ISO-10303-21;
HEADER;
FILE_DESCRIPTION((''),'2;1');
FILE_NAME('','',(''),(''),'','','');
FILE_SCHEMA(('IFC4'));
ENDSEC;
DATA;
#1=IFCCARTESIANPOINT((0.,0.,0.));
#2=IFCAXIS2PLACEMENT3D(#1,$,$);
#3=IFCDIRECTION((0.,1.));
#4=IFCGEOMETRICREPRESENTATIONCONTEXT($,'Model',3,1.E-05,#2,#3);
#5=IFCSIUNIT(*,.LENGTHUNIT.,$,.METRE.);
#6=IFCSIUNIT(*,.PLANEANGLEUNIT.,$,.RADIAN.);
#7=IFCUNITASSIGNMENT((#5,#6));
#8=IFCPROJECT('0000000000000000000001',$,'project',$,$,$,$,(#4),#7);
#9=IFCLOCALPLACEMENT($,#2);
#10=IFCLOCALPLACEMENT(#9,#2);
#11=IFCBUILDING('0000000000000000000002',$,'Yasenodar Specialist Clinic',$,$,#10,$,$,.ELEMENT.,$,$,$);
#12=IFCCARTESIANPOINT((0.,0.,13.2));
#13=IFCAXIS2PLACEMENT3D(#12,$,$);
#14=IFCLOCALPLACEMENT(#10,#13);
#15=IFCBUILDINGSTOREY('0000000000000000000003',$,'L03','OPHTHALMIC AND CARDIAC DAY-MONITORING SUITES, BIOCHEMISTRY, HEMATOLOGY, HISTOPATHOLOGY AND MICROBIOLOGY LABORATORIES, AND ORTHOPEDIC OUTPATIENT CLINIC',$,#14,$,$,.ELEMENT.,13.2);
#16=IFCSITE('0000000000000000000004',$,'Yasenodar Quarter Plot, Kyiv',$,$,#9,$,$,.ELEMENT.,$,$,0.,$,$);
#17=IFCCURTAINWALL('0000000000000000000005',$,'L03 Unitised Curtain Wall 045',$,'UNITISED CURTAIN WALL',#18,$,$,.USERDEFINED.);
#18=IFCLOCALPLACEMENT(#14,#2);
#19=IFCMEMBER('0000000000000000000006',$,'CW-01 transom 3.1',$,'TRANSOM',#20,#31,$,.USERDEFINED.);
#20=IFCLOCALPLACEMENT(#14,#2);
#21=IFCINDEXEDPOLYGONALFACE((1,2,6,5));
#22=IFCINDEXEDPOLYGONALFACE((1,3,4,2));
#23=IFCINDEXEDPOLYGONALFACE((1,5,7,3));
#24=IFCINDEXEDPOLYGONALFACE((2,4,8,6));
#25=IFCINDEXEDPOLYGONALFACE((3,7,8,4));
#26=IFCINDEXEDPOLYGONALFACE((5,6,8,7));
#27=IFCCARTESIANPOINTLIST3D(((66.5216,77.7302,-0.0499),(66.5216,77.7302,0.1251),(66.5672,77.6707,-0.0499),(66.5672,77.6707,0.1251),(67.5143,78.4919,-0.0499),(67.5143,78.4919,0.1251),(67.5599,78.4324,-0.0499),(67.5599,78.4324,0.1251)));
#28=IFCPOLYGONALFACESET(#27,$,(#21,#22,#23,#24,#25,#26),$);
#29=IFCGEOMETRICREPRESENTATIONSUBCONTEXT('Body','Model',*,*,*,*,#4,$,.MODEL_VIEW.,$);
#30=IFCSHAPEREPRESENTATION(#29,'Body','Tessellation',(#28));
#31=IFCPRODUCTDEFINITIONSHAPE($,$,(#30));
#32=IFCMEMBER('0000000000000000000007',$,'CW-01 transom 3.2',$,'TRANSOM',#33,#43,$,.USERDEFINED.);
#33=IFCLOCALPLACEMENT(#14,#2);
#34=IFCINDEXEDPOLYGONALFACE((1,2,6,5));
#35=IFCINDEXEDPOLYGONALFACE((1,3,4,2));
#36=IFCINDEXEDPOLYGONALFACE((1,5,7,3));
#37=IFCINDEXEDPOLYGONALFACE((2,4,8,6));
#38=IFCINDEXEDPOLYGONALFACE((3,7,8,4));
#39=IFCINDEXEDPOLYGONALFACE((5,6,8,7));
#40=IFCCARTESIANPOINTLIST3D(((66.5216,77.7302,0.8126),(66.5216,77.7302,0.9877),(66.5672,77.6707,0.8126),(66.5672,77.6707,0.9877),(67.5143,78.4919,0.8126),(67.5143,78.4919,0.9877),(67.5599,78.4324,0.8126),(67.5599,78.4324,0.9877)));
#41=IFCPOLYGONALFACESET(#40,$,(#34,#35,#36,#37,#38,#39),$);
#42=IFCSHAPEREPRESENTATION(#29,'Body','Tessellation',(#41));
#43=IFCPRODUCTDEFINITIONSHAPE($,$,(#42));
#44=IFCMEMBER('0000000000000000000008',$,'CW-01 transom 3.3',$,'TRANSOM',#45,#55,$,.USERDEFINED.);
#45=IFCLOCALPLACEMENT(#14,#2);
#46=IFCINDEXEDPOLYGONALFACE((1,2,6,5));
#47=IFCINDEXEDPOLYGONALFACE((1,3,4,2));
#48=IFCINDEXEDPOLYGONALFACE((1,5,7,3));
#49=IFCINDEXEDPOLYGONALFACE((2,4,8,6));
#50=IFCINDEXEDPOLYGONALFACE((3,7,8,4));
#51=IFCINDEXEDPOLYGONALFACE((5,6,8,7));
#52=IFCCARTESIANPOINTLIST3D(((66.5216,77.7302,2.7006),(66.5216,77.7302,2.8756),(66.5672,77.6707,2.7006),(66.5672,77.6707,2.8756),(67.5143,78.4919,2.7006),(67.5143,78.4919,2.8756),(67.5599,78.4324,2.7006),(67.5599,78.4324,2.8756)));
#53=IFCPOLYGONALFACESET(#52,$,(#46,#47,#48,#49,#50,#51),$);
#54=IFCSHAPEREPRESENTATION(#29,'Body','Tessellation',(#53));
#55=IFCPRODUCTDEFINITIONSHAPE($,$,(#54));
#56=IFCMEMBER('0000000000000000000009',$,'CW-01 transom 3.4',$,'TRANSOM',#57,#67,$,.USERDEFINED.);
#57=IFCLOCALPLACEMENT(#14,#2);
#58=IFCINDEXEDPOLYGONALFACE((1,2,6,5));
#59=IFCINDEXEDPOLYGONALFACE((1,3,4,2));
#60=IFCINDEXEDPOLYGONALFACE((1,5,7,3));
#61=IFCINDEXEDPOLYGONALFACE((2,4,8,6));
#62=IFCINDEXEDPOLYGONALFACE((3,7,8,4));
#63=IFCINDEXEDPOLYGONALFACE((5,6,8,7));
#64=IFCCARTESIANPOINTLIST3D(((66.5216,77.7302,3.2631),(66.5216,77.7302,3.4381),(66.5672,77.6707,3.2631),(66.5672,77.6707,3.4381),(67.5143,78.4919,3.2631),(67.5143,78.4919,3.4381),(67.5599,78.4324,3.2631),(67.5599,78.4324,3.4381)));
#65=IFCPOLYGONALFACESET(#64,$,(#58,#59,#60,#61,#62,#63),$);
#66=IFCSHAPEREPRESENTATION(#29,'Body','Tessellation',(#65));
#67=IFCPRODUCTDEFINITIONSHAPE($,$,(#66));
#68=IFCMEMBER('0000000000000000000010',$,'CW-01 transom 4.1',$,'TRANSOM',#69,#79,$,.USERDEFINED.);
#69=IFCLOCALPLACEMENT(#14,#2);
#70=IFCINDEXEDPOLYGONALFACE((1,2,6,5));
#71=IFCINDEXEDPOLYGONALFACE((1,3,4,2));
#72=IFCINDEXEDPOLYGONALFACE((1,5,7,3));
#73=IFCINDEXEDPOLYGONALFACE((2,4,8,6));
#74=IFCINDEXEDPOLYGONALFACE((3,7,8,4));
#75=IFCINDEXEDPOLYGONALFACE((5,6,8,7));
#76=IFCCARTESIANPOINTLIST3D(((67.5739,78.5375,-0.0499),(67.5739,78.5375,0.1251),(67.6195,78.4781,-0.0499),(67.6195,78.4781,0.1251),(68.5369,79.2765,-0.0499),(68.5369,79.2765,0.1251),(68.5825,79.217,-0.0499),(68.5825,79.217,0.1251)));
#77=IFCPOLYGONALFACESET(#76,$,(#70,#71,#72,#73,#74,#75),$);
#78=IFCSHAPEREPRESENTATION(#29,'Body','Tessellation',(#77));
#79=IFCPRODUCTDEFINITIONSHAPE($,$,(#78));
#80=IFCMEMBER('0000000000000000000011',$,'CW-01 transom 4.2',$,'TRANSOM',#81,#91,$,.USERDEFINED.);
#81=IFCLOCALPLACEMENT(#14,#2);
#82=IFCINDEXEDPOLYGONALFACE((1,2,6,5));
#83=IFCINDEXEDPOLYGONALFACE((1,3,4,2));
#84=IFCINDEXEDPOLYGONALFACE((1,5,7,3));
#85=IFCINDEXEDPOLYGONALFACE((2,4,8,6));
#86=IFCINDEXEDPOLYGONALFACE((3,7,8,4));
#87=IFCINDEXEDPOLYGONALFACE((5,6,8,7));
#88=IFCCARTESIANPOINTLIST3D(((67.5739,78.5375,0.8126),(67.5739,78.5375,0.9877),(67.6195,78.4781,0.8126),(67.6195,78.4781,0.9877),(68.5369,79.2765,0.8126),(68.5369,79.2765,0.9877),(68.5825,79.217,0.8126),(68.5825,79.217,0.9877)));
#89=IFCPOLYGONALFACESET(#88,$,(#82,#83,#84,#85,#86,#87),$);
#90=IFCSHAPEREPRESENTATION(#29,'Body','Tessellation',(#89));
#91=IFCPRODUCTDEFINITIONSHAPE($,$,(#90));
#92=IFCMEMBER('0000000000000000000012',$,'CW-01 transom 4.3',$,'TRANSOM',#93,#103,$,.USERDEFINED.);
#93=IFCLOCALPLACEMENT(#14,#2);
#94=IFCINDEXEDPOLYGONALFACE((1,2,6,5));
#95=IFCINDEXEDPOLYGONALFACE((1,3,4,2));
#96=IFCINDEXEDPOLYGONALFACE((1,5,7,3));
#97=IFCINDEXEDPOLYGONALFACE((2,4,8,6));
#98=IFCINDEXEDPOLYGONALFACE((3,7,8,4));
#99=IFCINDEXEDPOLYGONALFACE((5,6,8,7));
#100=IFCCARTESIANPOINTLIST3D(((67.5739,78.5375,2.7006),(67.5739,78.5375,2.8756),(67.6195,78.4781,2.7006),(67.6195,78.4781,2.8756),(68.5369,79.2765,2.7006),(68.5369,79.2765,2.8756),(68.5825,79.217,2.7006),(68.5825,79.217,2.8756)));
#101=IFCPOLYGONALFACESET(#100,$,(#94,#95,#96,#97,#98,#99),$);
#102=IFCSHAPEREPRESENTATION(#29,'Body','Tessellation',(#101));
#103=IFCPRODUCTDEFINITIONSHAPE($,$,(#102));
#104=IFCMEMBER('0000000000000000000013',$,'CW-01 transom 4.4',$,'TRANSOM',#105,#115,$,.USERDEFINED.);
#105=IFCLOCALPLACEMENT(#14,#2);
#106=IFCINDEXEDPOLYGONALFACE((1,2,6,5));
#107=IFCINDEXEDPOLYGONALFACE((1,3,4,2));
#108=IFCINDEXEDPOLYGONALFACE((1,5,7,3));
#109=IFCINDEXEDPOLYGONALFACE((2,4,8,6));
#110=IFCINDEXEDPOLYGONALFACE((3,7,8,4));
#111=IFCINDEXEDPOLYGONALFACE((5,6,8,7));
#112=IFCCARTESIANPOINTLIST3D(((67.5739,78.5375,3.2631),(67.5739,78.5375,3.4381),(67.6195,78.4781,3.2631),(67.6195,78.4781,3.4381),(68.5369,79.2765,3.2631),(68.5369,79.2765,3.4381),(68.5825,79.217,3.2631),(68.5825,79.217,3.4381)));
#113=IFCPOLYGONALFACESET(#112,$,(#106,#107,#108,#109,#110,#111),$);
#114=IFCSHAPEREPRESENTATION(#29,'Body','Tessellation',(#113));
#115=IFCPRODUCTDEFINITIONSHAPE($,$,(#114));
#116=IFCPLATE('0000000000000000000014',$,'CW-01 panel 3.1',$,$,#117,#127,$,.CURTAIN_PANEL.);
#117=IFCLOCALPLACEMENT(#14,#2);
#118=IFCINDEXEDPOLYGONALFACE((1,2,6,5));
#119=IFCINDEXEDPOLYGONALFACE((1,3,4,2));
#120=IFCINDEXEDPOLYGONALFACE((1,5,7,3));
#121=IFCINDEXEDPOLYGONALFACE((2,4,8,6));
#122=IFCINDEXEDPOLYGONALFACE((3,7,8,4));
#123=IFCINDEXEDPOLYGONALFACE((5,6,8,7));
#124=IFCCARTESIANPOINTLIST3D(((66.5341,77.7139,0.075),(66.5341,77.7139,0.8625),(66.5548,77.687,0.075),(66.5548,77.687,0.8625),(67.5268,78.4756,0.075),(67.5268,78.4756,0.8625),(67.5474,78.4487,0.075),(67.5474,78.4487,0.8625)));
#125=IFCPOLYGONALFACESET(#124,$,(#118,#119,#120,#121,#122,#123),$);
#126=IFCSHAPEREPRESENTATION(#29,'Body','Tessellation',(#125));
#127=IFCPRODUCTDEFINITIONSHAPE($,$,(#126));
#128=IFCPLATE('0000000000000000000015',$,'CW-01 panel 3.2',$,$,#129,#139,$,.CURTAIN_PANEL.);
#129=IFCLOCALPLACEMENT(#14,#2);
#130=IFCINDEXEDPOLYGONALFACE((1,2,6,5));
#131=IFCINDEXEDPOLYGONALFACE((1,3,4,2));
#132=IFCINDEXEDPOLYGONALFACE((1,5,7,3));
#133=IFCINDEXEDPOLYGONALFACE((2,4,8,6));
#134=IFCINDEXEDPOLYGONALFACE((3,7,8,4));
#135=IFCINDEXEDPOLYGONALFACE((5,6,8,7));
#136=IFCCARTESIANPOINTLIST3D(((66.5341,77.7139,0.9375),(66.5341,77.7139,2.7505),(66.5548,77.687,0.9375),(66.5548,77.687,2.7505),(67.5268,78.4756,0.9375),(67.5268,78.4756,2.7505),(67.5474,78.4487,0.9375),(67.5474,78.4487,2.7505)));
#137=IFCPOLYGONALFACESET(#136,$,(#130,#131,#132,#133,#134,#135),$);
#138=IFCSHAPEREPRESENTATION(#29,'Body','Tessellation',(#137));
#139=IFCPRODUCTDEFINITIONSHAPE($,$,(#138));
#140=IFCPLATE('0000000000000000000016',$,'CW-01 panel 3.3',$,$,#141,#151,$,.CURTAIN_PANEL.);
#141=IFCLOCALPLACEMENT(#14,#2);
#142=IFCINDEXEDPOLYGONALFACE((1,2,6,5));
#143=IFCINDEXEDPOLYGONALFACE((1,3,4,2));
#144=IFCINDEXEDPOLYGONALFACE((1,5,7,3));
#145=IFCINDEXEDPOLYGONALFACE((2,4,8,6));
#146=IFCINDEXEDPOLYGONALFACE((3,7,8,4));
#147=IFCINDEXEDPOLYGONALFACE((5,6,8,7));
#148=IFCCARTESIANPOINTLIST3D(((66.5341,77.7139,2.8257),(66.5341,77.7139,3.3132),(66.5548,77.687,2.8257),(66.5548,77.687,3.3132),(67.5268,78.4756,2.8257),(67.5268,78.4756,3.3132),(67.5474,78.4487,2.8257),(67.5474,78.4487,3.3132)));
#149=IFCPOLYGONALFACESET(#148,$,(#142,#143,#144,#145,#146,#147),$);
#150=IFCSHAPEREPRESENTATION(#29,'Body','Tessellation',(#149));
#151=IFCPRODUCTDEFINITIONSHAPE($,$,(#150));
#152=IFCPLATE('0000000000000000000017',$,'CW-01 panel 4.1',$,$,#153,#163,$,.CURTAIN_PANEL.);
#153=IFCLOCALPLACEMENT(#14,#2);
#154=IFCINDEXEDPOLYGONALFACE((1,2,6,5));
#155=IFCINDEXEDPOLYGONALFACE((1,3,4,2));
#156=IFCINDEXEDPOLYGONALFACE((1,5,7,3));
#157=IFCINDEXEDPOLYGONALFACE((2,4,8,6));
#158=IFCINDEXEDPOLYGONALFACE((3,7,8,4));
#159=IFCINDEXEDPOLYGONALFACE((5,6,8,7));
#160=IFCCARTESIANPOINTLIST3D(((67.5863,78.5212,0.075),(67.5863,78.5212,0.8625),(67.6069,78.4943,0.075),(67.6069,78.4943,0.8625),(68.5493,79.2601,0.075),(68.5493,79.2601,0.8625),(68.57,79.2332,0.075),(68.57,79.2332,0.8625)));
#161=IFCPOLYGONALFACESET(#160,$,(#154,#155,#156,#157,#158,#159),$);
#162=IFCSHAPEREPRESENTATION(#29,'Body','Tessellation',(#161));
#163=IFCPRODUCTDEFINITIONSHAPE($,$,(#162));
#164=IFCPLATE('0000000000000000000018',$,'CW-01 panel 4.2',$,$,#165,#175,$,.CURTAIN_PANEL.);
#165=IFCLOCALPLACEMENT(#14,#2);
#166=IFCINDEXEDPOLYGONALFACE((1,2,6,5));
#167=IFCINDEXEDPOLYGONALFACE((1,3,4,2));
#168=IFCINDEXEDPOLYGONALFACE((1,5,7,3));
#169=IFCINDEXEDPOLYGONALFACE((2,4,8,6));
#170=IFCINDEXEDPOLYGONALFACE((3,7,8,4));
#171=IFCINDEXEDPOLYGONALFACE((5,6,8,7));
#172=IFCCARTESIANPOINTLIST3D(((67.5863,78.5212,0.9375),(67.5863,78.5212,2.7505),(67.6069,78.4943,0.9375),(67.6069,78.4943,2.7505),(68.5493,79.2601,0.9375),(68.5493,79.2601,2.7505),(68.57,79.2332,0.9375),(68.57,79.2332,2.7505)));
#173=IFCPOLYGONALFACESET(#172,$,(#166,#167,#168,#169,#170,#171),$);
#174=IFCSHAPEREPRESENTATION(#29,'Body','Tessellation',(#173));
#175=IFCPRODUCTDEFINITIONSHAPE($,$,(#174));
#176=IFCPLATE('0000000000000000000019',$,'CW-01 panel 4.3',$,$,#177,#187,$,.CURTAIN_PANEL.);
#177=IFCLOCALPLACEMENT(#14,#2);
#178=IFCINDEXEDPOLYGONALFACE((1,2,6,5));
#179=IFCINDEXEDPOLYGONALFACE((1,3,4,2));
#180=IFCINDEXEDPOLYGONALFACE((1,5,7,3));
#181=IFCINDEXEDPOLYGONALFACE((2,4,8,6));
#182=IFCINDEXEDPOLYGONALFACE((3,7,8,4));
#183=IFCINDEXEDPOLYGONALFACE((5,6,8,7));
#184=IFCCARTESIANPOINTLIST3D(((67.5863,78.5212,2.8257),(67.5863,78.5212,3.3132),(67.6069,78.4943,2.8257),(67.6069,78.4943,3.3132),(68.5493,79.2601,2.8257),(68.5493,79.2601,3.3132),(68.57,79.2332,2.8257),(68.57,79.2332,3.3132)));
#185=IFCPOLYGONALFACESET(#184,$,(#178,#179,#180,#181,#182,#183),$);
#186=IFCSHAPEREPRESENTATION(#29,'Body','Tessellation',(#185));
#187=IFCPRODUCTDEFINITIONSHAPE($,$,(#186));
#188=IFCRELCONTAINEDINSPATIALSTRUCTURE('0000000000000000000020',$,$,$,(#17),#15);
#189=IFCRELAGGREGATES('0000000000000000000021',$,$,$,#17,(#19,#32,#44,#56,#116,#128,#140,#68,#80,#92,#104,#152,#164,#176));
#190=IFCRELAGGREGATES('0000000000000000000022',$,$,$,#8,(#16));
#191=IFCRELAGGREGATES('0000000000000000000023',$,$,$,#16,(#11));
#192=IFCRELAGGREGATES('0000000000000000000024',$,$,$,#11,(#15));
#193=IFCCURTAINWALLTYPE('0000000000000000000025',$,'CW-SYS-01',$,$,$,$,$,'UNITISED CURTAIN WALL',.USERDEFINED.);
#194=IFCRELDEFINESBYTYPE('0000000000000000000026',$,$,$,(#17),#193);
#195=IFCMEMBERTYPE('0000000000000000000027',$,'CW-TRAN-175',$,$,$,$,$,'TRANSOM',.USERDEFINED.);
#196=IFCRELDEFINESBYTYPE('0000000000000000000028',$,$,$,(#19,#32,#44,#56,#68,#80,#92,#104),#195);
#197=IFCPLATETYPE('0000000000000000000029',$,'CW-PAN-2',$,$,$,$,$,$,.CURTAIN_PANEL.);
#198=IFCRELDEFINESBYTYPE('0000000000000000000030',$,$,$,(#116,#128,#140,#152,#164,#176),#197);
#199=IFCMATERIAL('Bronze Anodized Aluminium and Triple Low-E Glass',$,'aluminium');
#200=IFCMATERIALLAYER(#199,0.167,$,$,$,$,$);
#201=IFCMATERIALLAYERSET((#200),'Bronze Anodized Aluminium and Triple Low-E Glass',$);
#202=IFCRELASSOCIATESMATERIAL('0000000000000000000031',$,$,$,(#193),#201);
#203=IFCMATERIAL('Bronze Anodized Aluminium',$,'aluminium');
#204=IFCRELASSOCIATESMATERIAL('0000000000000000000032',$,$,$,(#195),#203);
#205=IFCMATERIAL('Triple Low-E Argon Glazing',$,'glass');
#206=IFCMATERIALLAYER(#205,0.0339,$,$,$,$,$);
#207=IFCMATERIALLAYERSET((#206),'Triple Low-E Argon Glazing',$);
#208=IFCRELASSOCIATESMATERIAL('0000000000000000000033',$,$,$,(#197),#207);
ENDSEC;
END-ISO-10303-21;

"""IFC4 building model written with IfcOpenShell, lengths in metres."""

from ifc_helpers import new_model, si_unit, direction, frame, origin, origin_2d, place, context, subcontext, project, spatial, rectangle, extrude, material, layer, layer_set, material_profile, profile_set, type_object, element, aggregate, save


model = new_model("IFC4")

# Units and contexts
model_context = context("Model", 3, precision=1e-05, world=origin(), true_north=direction((0.0, 1.0)))
body_context = subcontext(model_context, "Body", "Model", "MODEL_VIEW")
ifc_project = project(units=[si_unit("LENGTHUNIT", "METRE"), si_unit("PLANEANGLEUNIT", "RADIAN")], contexts=[model_context])

# Site, building, storey
site_placement = place(None, origin())
site = spatial("IfcSite", under=ifc_project, at=site_placement, Name="Yasenodar Quarter Plot, Kyiv", CompositionType="ELEMENT", RefElevation=0.0)
building_placement = place(site_placement, origin())
building = spatial("IfcBuilding", under=site, at=building_placement, Name="Yasenodar Specialist Clinic", CompositionType="ELEMENT")
storey_placement = place(building_placement, frame((0.0, 0.0, 13.2)))
storey = spatial("IfcBuildingStorey", under=building, at=storey_placement, Name="L03", Description="OPHTHALMIC AND CARDIAC DAY-MONITORING SUITES, BIOCHEMISTRY, HEMATOLOGY, HISTOPATHOLOGY AND MICROBIOLOGY LABORATORIES, AND ORTHOPEDIC OUTPATIENT CLINIC", CompositionType="ELEMENT", Elevation=13.2)

# Curtain wall, members, plates
ifc_material_1 = material(Name="Bronze Anodized Aluminium and Triple Low-E Glass", Category="aluminium")
ifc_layer_1 = layer(ifc_material_1, 0.167)
ifc_layer_set_1 = layer_set([ifc_layer_1], Name="Bronze Anodized Aluminium and Triple Low-E Glass")
curtain_wall_type = type_object("IfcCurtainWallType", Name="CW-SYS-01", ElementType="UNITISED CURTAIN WALL", PredefinedType="USERDEFINED", material=ifc_layer_set_1)
curtain_wall_placement = place(storey_placement, origin())
curtain_wall = element("IfcCurtainWall", 1, at=curtain_wall_placement, inside=storey, type_object=curtain_wall_type, Name="L03 Unitised Curtain Wall 045", ObjectType="UNITISED CURTAIN WALL", PredefinedType="USERDEFINED")
ifc_material_2 = material(Name="Bronze Anodized Aluminium", Category="aluminium")
ifc_material_profile_1 = material_profile(ifc_material_2, rectangle(XDim=0.075, YDim=0.175, at=origin_2d()), Name="CW-TRAN 75x175")
ifc_profile_set_1 = profile_set([ifc_material_profile_1], Name="Bronze Anodized Aluminium")
member_type_1 = type_object("IfcMemberType", Name="CW-TRAN-175", ElementType="TRANSOM", PredefinedType="USERDEFINED", material=ifc_profile_set_1)
member_1_placement = place(storey_placement, frame((66.5444, 77.7004, 0.0376), z_axis=(0.793349, 0.608767, 0.0), x_axis=(-0.608767, 0.793349, 0.0)))
member_1 = element("IfcMember", 2, at=member_1_placement, type_object=member_type_1, Name="CW-01 transom 3.1", ObjectType="TRANSOM", PredefinedType="USERDEFINED", context=body_context, shape_type="SweptSolid", body=[
    extrude(rectangle(XDim=0.075, YDim=0.175, at=origin_2d()), origin(), (0.0, 0.0, 1.0), 1.2512),
])
member_2_placement = place(storey_placement, frame((66.5444, 77.7004, 0.9001), z_axis=(0.793349, 0.608767, 0.0), x_axis=(-0.608767, 0.793349, 0.0)))
member_2 = element("IfcMember", 3, at=member_2_placement, type_object=member_type_1, Name="CW-01 transom 3.2", ObjectType="TRANSOM", PredefinedType="USERDEFINED", context=body_context, shape_type="SweptSolid", body=[
    extrude(rectangle(XDim=0.075, YDim=0.175, at=origin_2d()), origin(), (0.0, 0.0, 1.0), 1.2512),
])
member_3_placement = place(storey_placement, frame((66.5444, 77.7004, 2.7881), z_axis=(0.793349, 0.608767, 0.0), x_axis=(-0.608767, 0.793349, 0.0)))
member_3 = element("IfcMember", 4, at=member_3_placement, type_object=member_type_1, Name="CW-01 transom 3.3", ObjectType="TRANSOM", PredefinedType="USERDEFINED", context=body_context, shape_type="SweptSolid", body=[
    extrude(rectangle(XDim=0.075, YDim=0.175, at=origin_2d()), origin(), (0.0, 0.0, 1.0), 1.2512),
])
member_4_placement = place(storey_placement, frame((66.5444, 77.7004, 3.3506), z_axis=(0.793349, 0.608767, 0.0), x_axis=(-0.608767, 0.793349, 0.0)))
member_4 = element("IfcMember", 5, at=member_4_placement, type_object=member_type_1, Name="CW-01 transom 3.4", ObjectType="TRANSOM", PredefinedType="USERDEFINED", context=body_context, shape_type="SweptSolid", body=[
    extrude(rectangle(XDim=0.075, YDim=0.175, at=origin_2d()), origin(), (0.0, 0.0, 1.0), 1.2512),
])
member_5_placement = place(storey_placement, frame((67.5967, 78.5078, 0.0376), z_axis=(0.793364, 0.608748, 0.0), x_axis=(-0.608748, 0.793364, 0.0)))
member_5 = element("IfcMember", 6, at=member_5_placement, type_object=member_type_1, Name="CW-01 transom 4.1", ObjectType="TRANSOM", PredefinedType="USERDEFINED", context=body_context, shape_type="SweptSolid", body=[
    extrude(rectangle(XDim=0.075, YDim=0.175, at=origin_2d()), origin(), (0.0, 0.0, 1.0), 1.2139),
])
member_6_placement = place(storey_placement, frame((67.5967, 78.5078, 0.9001), z_axis=(0.793364, 0.608748, 0.0), x_axis=(-0.608748, 0.793364, 0.0)))
member_6 = element("IfcMember", 7, at=member_6_placement, type_object=member_type_1, Name="CW-01 transom 4.2", ObjectType="TRANSOM", PredefinedType="USERDEFINED", context=body_context, shape_type="SweptSolid", body=[
    extrude(rectangle(XDim=0.075, YDim=0.175, at=origin_2d()), origin(), (0.0, 0.0, 1.0), 1.2139),
])
member_7_placement = place(storey_placement, frame((67.5967, 78.5078, 2.7881), z_axis=(0.793364, 0.608748, 0.0), x_axis=(-0.608748, 0.793364, 0.0)))
member_7 = element("IfcMember", 8, at=member_7_placement, type_object=member_type_1, Name="CW-01 transom 4.3", ObjectType="TRANSOM", PredefinedType="USERDEFINED", context=body_context, shape_type="SweptSolid", body=[
    extrude(rectangle(XDim=0.075, YDim=0.175, at=origin_2d()), origin(), (0.0, 0.0, 1.0), 1.2139),
])
member_8_placement = place(storey_placement, frame((67.5967, 78.5078, 3.3506), z_axis=(0.793364, 0.608748, 0.0), x_axis=(-0.608748, 0.793364, 0.0)))
member_8 = element("IfcMember", 9, at=member_8_placement, type_object=member_type_1, Name="CW-01 transom 4.4", ObjectType="TRANSOM", PredefinedType="USERDEFINED", context=body_context, shape_type="SweptSolid", body=[
    extrude(rectangle(XDim=0.075, YDim=0.175, at=origin_2d()), origin(), (0.0, 0.0, 1.0), 1.2139),
])
ifc_material_3 = material(Name="Triple Low-E Argon Glazing", Category="glass")
ifc_layer_2 = layer(ifc_material_3, 0.0339)
ifc_layer_set_2 = layer_set([ifc_layer_2], Name="Triple Low-E Argon Glazing")
plate_type_1 = type_object("IfcPlateType", Name="CW-PAN-2", PredefinedType="CURTAIN_PANEL", material=ifc_layer_set_2)
plate_1_placement = place(storey_placement, frame((67.0408, 78.0813, 0.075), z_axis=(0.0, 0.0, 1.0), x_axis=(0.793361, 0.608752, 0.0)))
plate_1 = element("IfcPlate", 10, at=plate_1_placement, type_object=plate_type_1, Name="CW-01 panel 3.1", PredefinedType="CURTAIN_PANEL", context=body_context, shape_type="SweptSolid", body=[
    extrude(rectangle(XDim=1.2512, YDim=0.0339, at=origin_2d()), origin(), (0.0, 0.0, 1.0), 0.7876),
])
plate_2_placement = place(storey_placement, frame((67.0408, 78.0813, 0.9375), z_axis=(0.0, 0.0, 1.0), x_axis=(0.793361, 0.608752, 0.0)))
plate_2 = element("IfcPlate", 11, at=plate_2_placement, type_object=plate_type_1, Name="CW-01 panel 3.2", PredefinedType="CURTAIN_PANEL", context=body_context, shape_type="SweptSolid", body=[
    extrude(rectangle(XDim=1.2512, YDim=0.0339, at=origin_2d()), origin(), (0.0, 0.0, 1.0), 1.813),
])
plate_3_placement = place(storey_placement, frame((67.0408, 78.0813, 2.8257), z_axis=(0.0, 0.0, 1.0), x_axis=(0.793361, 0.608752, 0.0)))
plate_3 = element("IfcPlate", 12, at=plate_3_placement, type_object=plate_type_1, Name="CW-01 panel 3.3", PredefinedType="CURTAIN_PANEL", context=body_context, shape_type="SweptSolid", body=[
    extrude(rectangle(XDim=1.2512, YDim=0.0339, at=origin_2d()), origin(), (0.0, 0.0, 1.0), 0.4875),
])
plate_4_placement = place(storey_placement, frame((68.0781, 78.8772, 0.075), z_axis=(0.0, 0.0, 1.0), x_axis=(0.793361, 0.608752, 0.0)))
plate_4 = element("IfcPlate", 13, at=plate_4_placement, type_object=plate_type_1, Name="CW-01 panel 4.1", PredefinedType="CURTAIN_PANEL", context=body_context, shape_type="SweptSolid", body=[
    extrude(rectangle(XDim=1.2139, YDim=0.0339, at=origin_2d()), origin(), (0.0, 0.0, 1.0), 0.7876),
])
plate_5_placement = place(storey_placement, frame((68.0781, 78.8772, 0.9375), z_axis=(0.0, 0.0, 1.0), x_axis=(0.793361, 0.608752, 0.0)))
plate_5 = element("IfcPlate", 14, at=plate_5_placement, type_object=plate_type_1, Name="CW-01 panel 4.2", PredefinedType="CURTAIN_PANEL", context=body_context, shape_type="SweptSolid", body=[
    extrude(rectangle(XDim=1.2139, YDim=0.0339, at=origin_2d()), origin(), (0.0, 0.0, 1.0), 1.813),
])
plate_6_placement = place(storey_placement, frame((68.0781, 78.8772, 2.8257), z_axis=(0.0, 0.0, 1.0), x_axis=(0.793361, 0.608752, 0.0)))
plate_6 = element("IfcPlate", 15, at=plate_6_placement, type_object=plate_type_1, Name="CW-01 panel 4.3", PredefinedType="CURTAIN_PANEL", context=body_context, shape_type="SweptSolid", body=[
    extrude(rectangle(XDim=1.2139, YDim=0.0339, at=origin_2d()), origin(), (0.0, 0.0, 1.0), 0.4875),
])
aggregate(curtain_wall, [member_1, member_2, member_3, member_4, plate_1, plate_2, plate_3, member_5, member_6, member_7, member_8, plate_4, plate_5, plate_6])

save(model, "model.ifc")
